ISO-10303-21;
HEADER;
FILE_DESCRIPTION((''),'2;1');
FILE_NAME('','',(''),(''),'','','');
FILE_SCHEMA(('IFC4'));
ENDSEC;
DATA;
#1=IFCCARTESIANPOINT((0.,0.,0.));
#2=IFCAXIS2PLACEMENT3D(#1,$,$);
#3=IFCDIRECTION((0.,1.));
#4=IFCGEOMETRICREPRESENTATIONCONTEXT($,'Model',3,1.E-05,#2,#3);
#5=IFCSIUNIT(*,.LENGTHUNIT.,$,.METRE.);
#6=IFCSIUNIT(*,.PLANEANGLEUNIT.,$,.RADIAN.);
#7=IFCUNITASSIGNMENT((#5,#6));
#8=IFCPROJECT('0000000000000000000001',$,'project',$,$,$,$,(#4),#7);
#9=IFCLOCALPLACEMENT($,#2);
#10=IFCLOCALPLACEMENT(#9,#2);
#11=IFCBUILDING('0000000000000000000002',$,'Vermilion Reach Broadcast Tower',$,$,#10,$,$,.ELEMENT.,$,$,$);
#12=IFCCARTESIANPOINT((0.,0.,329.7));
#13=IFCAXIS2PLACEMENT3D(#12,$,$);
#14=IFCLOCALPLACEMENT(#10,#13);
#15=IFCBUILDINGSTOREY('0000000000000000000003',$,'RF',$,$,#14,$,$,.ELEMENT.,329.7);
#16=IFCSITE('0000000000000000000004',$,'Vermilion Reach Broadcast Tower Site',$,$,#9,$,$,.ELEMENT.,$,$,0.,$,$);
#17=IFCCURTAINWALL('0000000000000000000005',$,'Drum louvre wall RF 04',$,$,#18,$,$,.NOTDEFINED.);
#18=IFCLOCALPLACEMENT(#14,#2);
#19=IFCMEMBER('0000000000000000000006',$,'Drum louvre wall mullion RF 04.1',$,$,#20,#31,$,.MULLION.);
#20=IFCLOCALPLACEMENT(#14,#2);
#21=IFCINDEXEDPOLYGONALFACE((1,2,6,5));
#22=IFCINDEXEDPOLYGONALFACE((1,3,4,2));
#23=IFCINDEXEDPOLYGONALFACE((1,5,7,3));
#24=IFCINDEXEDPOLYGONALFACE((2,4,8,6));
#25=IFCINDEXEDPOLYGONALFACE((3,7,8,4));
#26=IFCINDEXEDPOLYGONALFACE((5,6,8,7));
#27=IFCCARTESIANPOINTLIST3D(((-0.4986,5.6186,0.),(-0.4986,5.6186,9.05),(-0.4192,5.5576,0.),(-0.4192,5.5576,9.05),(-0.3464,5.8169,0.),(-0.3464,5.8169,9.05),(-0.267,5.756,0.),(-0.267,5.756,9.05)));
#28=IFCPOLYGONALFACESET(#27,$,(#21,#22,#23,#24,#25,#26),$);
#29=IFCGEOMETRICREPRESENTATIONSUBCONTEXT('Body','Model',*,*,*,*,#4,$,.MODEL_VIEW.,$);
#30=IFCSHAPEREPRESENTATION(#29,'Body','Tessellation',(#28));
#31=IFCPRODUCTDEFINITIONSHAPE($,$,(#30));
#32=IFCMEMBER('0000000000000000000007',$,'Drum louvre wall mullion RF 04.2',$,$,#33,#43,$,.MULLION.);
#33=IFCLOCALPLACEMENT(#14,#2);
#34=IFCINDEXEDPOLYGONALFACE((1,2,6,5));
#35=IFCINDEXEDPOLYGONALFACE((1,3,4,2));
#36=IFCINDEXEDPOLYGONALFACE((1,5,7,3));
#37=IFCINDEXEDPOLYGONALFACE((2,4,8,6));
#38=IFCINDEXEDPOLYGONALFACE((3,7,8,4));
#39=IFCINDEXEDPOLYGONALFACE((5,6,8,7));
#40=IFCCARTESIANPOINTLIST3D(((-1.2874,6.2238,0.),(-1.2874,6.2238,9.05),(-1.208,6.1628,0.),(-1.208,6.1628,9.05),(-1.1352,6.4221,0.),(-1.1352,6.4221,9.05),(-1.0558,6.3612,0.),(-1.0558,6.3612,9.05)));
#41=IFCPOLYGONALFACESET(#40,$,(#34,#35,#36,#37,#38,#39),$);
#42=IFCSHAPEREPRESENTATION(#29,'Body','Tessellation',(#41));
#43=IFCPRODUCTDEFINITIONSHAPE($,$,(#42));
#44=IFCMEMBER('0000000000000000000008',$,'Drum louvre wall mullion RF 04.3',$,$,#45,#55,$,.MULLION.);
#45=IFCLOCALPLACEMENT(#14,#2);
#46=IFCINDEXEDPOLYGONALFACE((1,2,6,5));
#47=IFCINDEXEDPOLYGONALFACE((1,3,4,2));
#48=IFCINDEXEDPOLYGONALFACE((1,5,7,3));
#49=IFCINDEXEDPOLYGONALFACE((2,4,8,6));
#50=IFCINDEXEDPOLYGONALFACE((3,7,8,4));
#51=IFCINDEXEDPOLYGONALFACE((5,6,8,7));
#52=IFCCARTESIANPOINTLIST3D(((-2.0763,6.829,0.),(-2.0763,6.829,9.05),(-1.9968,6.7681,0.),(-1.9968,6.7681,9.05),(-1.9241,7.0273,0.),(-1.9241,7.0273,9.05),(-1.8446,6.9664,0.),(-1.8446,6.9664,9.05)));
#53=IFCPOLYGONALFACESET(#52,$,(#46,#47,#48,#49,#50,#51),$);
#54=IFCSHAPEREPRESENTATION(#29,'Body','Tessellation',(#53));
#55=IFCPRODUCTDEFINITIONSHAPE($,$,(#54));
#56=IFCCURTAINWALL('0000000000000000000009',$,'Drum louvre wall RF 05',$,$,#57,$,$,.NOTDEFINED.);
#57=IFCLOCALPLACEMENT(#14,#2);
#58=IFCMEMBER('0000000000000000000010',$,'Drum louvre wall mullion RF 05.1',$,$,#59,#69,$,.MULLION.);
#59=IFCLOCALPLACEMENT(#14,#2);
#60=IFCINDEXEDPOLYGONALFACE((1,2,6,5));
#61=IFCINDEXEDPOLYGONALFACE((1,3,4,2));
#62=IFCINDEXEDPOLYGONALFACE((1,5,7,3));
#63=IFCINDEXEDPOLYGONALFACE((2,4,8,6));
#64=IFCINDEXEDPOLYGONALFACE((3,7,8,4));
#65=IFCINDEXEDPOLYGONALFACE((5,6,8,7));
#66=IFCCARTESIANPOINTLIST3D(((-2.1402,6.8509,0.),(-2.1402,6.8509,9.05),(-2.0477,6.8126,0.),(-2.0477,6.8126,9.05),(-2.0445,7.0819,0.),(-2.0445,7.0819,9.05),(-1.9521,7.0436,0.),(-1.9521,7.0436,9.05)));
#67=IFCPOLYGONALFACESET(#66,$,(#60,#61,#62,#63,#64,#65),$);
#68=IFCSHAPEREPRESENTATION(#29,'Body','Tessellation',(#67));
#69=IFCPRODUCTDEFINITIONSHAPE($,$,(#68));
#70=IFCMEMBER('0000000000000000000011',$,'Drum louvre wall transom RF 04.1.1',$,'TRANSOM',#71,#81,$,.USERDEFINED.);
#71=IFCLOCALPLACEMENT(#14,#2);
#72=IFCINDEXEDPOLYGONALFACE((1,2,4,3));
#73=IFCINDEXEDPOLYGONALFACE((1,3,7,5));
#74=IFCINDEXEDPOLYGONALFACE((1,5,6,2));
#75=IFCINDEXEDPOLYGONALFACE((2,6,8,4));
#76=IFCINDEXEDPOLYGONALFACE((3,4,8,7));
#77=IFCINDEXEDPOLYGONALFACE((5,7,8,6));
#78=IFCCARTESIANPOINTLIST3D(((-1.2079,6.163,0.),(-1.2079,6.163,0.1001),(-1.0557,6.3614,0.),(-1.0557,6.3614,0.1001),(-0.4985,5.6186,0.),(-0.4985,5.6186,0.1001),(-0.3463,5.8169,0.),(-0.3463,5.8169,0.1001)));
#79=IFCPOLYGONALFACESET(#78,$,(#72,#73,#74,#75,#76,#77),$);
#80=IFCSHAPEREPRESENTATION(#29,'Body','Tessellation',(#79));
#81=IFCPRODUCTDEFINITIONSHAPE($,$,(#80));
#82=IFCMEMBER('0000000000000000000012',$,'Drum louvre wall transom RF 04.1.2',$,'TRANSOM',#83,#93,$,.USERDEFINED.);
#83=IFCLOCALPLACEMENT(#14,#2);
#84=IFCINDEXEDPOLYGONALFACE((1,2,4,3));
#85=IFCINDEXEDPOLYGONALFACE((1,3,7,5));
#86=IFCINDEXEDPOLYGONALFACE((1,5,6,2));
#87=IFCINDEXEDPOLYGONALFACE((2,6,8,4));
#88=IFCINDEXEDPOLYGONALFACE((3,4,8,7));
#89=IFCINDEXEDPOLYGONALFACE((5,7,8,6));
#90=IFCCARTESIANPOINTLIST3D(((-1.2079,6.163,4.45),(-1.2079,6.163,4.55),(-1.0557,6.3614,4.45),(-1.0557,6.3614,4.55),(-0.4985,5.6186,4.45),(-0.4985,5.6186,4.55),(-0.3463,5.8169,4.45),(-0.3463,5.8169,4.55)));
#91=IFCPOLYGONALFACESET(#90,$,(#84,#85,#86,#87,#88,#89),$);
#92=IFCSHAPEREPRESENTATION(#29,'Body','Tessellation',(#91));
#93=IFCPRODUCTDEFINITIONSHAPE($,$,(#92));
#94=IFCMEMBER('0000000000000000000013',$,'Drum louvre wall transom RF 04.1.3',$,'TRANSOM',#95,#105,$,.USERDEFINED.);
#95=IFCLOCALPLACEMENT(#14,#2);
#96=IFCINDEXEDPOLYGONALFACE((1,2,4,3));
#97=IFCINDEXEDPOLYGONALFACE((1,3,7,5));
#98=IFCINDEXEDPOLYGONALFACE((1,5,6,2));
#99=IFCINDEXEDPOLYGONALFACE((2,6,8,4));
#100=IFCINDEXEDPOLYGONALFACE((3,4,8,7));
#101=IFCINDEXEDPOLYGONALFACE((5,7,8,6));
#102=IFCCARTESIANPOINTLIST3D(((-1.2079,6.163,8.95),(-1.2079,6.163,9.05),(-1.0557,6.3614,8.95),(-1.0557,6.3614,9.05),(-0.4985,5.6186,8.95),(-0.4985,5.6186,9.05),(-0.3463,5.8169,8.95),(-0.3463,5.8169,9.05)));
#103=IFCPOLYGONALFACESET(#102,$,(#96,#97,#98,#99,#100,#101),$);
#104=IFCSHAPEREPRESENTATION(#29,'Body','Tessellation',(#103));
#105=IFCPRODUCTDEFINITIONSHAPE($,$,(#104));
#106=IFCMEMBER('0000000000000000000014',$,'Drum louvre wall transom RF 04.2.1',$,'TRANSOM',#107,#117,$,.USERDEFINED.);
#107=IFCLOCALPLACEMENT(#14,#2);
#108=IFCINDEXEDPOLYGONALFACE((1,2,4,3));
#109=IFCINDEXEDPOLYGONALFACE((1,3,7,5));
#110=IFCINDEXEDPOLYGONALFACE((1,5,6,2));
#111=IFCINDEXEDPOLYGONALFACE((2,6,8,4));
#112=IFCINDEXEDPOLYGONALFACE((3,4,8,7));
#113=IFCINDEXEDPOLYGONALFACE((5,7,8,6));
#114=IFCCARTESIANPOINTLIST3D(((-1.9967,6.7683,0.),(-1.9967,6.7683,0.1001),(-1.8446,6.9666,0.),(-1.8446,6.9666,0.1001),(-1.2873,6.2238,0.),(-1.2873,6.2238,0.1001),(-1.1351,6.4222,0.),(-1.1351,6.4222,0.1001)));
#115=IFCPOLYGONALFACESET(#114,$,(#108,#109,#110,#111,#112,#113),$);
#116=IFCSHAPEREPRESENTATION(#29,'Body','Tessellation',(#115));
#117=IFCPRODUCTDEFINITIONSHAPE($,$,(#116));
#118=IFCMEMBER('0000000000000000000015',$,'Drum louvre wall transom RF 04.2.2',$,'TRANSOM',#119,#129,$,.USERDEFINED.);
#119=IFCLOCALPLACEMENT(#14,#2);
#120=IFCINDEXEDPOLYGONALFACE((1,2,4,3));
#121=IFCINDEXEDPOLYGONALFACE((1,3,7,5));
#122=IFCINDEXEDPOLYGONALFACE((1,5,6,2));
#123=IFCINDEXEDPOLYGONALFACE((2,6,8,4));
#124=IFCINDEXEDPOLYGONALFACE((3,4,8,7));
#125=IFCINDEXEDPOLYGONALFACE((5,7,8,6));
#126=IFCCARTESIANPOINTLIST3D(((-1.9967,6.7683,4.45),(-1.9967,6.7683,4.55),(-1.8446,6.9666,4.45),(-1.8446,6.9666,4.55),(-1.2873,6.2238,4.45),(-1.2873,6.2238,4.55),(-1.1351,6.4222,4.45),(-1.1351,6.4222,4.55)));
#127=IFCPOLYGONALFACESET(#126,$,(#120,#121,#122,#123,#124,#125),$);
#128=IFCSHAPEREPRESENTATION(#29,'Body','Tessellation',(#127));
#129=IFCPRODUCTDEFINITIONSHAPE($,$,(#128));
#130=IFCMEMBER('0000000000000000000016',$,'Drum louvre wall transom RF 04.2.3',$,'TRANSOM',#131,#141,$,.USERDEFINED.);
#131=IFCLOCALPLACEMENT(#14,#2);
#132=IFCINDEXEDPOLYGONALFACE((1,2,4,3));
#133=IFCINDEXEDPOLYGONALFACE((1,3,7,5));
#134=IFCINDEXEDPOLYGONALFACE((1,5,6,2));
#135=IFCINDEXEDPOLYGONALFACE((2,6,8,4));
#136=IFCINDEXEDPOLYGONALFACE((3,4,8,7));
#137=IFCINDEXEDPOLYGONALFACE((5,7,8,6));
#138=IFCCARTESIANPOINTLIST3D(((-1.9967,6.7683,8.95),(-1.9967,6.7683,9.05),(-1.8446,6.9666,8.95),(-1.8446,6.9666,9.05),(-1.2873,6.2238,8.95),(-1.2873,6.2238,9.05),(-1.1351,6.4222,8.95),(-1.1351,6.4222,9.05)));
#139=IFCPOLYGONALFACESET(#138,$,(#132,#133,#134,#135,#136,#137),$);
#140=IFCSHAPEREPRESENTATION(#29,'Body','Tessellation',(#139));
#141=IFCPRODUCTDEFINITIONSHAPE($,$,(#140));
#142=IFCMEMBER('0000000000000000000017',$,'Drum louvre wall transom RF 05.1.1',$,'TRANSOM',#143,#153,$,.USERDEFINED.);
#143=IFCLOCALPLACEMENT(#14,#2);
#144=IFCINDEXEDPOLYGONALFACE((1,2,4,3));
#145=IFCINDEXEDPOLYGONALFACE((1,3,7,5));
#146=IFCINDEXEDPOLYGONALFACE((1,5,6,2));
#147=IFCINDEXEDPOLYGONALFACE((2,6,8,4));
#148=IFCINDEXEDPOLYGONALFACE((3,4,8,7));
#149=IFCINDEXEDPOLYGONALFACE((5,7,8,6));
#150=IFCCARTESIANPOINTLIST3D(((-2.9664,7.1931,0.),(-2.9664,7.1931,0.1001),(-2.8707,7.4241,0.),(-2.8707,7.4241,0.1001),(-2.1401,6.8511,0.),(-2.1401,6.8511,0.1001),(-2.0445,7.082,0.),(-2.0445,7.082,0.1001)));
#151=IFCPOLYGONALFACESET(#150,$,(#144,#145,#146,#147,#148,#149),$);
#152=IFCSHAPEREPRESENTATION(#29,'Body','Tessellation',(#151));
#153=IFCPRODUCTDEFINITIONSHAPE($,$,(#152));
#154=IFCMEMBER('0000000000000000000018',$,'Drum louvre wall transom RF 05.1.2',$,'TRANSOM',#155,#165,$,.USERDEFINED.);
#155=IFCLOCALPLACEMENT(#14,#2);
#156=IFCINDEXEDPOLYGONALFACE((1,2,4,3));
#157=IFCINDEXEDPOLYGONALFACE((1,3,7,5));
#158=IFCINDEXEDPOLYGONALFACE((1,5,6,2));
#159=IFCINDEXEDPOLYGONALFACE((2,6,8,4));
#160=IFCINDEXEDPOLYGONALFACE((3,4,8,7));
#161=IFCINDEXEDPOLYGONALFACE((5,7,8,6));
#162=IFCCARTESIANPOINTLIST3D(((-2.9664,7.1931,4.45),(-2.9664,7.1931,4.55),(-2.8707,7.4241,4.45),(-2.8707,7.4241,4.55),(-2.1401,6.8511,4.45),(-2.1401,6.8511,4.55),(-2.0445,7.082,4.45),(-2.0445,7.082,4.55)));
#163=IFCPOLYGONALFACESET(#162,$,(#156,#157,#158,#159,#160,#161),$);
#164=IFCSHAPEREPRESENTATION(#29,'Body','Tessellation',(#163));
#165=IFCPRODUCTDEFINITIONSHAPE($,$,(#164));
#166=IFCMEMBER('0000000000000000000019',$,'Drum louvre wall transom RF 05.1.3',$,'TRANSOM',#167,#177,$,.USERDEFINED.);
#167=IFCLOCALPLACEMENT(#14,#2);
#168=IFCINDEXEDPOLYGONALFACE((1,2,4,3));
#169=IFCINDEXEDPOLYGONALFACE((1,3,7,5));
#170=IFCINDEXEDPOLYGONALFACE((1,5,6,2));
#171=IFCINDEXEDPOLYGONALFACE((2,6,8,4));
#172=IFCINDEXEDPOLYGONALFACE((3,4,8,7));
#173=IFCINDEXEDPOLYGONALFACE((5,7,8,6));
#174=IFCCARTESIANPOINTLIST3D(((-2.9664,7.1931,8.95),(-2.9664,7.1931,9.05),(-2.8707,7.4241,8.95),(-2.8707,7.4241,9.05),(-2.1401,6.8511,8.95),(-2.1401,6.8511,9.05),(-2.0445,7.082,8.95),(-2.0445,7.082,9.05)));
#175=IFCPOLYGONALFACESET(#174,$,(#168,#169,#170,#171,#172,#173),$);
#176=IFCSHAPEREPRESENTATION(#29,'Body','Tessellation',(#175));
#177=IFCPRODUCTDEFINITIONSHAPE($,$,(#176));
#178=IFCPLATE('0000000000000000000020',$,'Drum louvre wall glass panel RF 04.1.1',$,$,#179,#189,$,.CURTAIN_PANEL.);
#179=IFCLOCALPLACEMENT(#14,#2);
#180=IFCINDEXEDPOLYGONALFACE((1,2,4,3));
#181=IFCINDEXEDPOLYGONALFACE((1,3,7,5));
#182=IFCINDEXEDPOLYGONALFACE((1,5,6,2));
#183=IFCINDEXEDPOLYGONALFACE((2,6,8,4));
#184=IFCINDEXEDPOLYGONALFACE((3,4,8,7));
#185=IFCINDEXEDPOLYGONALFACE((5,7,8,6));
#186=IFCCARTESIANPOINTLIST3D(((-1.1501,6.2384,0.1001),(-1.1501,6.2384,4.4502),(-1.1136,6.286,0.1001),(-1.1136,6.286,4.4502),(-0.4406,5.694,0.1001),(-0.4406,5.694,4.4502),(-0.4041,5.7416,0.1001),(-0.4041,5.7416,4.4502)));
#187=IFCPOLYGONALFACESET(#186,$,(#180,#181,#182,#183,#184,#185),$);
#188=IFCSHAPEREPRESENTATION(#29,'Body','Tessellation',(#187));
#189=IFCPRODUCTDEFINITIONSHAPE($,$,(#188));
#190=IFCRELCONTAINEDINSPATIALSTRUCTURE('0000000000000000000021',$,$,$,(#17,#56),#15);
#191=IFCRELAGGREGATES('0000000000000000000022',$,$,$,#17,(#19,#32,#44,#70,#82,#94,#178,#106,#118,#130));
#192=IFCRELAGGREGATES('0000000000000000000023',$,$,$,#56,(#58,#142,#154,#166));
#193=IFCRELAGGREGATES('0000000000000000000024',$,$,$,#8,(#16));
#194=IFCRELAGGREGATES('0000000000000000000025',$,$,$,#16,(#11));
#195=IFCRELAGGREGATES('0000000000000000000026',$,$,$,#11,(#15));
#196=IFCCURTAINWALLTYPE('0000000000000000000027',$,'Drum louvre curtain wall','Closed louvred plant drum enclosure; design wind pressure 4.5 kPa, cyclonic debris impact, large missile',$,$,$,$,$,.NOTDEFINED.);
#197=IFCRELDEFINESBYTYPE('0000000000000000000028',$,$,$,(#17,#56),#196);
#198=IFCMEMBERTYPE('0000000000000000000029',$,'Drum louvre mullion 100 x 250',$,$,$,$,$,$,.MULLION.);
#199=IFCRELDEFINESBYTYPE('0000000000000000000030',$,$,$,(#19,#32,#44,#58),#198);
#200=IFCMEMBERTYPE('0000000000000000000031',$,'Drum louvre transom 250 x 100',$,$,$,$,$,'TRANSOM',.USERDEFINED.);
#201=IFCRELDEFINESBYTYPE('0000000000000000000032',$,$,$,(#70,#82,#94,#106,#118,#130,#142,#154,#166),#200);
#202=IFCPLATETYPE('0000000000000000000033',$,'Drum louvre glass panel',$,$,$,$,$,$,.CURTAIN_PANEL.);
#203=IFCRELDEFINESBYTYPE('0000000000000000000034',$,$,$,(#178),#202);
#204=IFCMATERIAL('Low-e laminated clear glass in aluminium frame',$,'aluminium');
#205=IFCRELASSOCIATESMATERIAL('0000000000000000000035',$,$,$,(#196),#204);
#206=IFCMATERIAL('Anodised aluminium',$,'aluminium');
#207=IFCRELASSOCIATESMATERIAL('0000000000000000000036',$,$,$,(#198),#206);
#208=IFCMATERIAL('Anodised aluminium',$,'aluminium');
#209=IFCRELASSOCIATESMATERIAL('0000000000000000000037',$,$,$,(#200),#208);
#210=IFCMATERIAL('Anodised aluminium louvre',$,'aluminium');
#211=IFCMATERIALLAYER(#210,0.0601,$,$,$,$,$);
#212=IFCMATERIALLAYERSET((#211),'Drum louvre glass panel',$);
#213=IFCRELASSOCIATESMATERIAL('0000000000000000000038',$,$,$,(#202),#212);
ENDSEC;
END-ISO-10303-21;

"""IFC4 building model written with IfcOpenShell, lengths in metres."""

from ifc_helpers import new_model, si_unit, direction, frame, origin, origin_2d, place, context, subcontext, project, spatial, rectangle, extrude, material, layer, layer_set, material_profile, profile_set, type_object, element, aggregate, save


model = new_model("IFC4")

# Units and contexts
model_context = context("Model", 3, precision=1e-05, world=origin(), true_north=direction((0.0, 1.0)))
body_context = subcontext(model_context, "Body", "Model", "MODEL_VIEW")
ifc_project = project(units=[si_unit("LENGTHUNIT", "METRE"), si_unit("PLANEANGLEUNIT", "RADIAN")], contexts=[model_context])

# Site, building, storey
site_placement = place(None, origin())
site = spatial("IfcSite", under=ifc_project, at=site_placement, Name="Vermilion Reach Broadcast Tower Site", CompositionType="ELEMENT", RefElevation=0.0)
building_placement = place(site_placement, origin())
building = spatial("IfcBuilding", under=site, at=building_placement, Name="Vermilion Reach Broadcast Tower", CompositionType="ELEMENT")
storey_placement = place(building_placement, frame((0.0, 0.0, 329.7)))
storey = spatial("IfcBuildingStorey", under=building, at=storey_placement, Name="RF", CompositionType="ELEMENT", Elevation=329.7)

# Curtain wall, members
ifc_material_1 = material(Name="Low-e laminated clear glass in aluminium frame", Category="aluminium")
curtain_wall_type = type_object("IfcCurtainWallType", Name="Drum louvre curtain wall", Description="Closed louvred plant drum enclosure; design wind pressure 4.5 kPa, cyclonic debris impact, large missile", PredefinedType="NOTDEFINED", material=ifc_material_1)
placement = place(storey_placement, origin())
curtain_wall_1 = element("IfcCurtainWall", 1, at=placement, inside=storey, type_object=curtain_wall_type, Name="Drum louvre wall RF 04", PredefinedType="NOTDEFINED")
ifc_material_2 = material(Name="Anodised aluminium", Category="aluminium")
ifc_material_profile_1 = material_profile(ifc_material_2, rectangle(XDim=0.25, YDim=0.1001, at=origin_2d()), Name="Drum louvre mullion 100 x 250")
ifc_profile_set_1 = profile_set([ifc_material_profile_1], Name="Anodised aluminium")
member_type_1 = type_object("IfcMemberType", Name="Drum louvre mullion 100 x 250", PredefinedType="MULLION", material=ifc_profile_set_1)
member_1_placement = place(storey_placement, frame((-0.3828, 5.6873, 0.0), z_axis=(0.0, 0.0, 1.0), x_axis=(-0.608761, -0.793353, 0.0)))
member_1 = element("IfcMember", 2, at=member_1_placement, type_object=member_type_1, Name="Drum louvre wall mullion RF 04.1", PredefinedType="MULLION", context=body_context, shape_type="SweptSolid", body=[
    extrude(rectangle(XDim=0.25, YDim=0.1001, at=origin_2d()), origin(), (0.0, 0.0, 1.0), 9.05),
])
member_2_placement = place(storey_placement, frame((-1.1716, 6.2925, 0.0), z_axis=(0.0, 0.0, 1.0), x_axis=(-0.608761, -0.793353, 0.0)))
member_2 = element("IfcMember", 3, at=member_2_placement, type_object=member_type_1, Name="Drum louvre wall mullion RF 04.2", PredefinedType="MULLION", context=body_context, shape_type="SweptSolid", body=[
    extrude(rectangle(XDim=0.25, YDim=0.1001, at=origin_2d()), origin(), (0.0, 0.0, 1.0), 9.05),
])
member_3_placement = place(storey_placement, frame((-1.9604, 6.8977, 0.0), z_axis=(0.0, 0.0, 1.0), x_axis=(-0.608761, -0.793353, 0.0)))
member_3 = element("IfcMember", 4, at=member_3_placement, type_object=member_type_1, Name="Drum louvre wall mullion RF 04.3", PredefinedType="MULLION", context=body_context, shape_type="SweptSolid", body=[
    extrude(rectangle(XDim=0.25, YDim=0.1001, at=origin_2d()), origin(), (0.0, 0.0, 1.0), 9.05),
])

# Curtain wall, member
curtain_wall_2 = element("IfcCurtainWall", 5, at=placement, inside=storey, type_object=curtain_wall_type, Name="Drum louvre wall RF 05", PredefinedType="NOTDEFINED")
member_4_placement = place(storey_placement, frame((-2.0461, 6.9473, 0.0), z_axis=(0.0, 0.0, 1.0), x_axis=(-0.382683, -0.92388, 0.0)))
member_4 = element("IfcMember", 6, at=member_4_placement, type_object=member_type_1, Name="Drum louvre wall mullion RF 05.1", PredefinedType="MULLION", context=body_context, shape_type="SweptSolid", body=[
    extrude(rectangle(XDim=0.25, YDim=0.1001, at=origin_2d()), origin(), (0.0, 0.0, 1.0), 9.05),
])

# Members
ifc_material_3 = material(Name="Anodised aluminium", Category="aluminium")
ifc_material_profile_2 = material_profile(ifc_material_3, rectangle(XDim=0.25, YDim=0.1001, at=origin_2d()), Name="Drum louvre transom 250 x 100")
ifc_profile_set_2 = profile_set([ifc_material_profile_2], Name="Anodised aluminium")
member_type_2 = type_object("IfcMemberType", Name="Drum louvre transom 250 x 100", ElementType="TRANSOM", PredefinedType="USERDEFINED", material=ifc_profile_set_2)
member_5_placement = place(storey_placement, frame((-0.4224, 5.7178, 0.05), z_axis=(-0.793334, 0.608787, 0.0), x_axis=(-0.608787, -0.793334, 0.0)))
member_5 = element("IfcMember", 7, at=member_5_placement, type_object=member_type_2, Name="Drum louvre wall transom RF 04.1.1", ObjectType="TRANSOM", PredefinedType="USERDEFINED", context=body_context, shape_type="SweptSolid", body=[
    extrude(rectangle(XDim=0.25, YDim=0.1001, at=origin_2d()), origin(), (0.0, 0.0, 1.0), 0.8943),
])
member_6_placement = place(storey_placement, frame((-0.4224, 5.7178, 4.5), z_axis=(-0.793334, 0.608787, 0.0), x_axis=(-0.608787, -0.793334, 0.0)))
member_6 = element("IfcMember", 8, at=member_6_placement, type_object=member_type_2, Name="Drum louvre wall transom RF 04.1.2", ObjectType="TRANSOM", PredefinedType="USERDEFINED", context=body_context, shape_type="SweptSolid", body=[
    extrude(rectangle(XDim=0.25, YDim=0.1001, at=origin_2d()), origin(), (0.0, 0.0, 1.0), 0.8943),
])
member_7_placement = place(storey_placement, frame((-0.4224, 5.7178, 9.0), z_axis=(-0.793334, 0.608787, 0.0), x_axis=(-0.608787, -0.793334, 0.0)))
member_7 = element("IfcMember", 9, at=member_7_placement, type_object=member_type_2, Name="Drum louvre wall transom RF 04.1.3", ObjectType="TRANSOM", PredefinedType="USERDEFINED", context=body_context, shape_type="SweptSolid", body=[
    extrude(rectangle(XDim=0.25, YDim=0.1001, at=origin_2d()), origin(), (0.0, 0.0, 1.0), 0.8943),
])
member_8_placement = place(storey_placement, frame((-1.2112, 6.323, 0.05), z_axis=(-0.793334, 0.608787, 0.0), x_axis=(-0.608787, -0.793334, 0.0)))
member_8 = element("IfcMember", 10, at=member_8_placement, type_object=member_type_2, Name="Drum louvre wall transom RF 04.2.1", ObjectType="TRANSOM", PredefinedType="USERDEFINED", context=body_context, shape_type="SweptSolid", body=[
    extrude(rectangle(XDim=0.25, YDim=0.1001, at=origin_2d()), origin(), (0.0, 0.0, 1.0), 0.8943),
])
member_9_placement = place(storey_placement, frame((-1.2112, 6.323, 4.5), z_axis=(-0.793334, 0.608787, 0.0), x_axis=(-0.608787, -0.793334, 0.0)))
member_9 = element("IfcMember", 11, at=member_9_placement, type_object=member_type_2, Name="Drum louvre wall transom RF 04.2.2", ObjectType="TRANSOM", PredefinedType="USERDEFINED", context=body_context, shape_type="SweptSolid", body=[
    extrude(rectangle(XDim=0.25, YDim=0.1001, at=origin_2d()), origin(), (0.0, 0.0, 1.0), 0.8943),
])
member_10_placement = place(storey_placement, frame((-1.2112, 6.323, 9.0), z_axis=(-0.793334, 0.608787, 0.0), x_axis=(-0.608787, -0.793334, 0.0)))
member_10 = element("IfcMember", 12, at=member_10_placement, type_object=member_type_2, Name="Drum louvre wall transom RF 04.2.3", ObjectType="TRANSOM", PredefinedType="USERDEFINED", context=body_context, shape_type="SweptSolid", body=[
    extrude(rectangle(XDim=0.25, YDim=0.1001, at=origin_2d()), origin(), (0.0, 0.0, 1.0), 0.8943),
])
member_11_placement = place(storey_placement, frame((-2.0923, 6.9666, 0.05), z_axis=(-0.923947, 0.382521, 0.0), x_axis=(-0.382521, -0.923947, 0.0)))
member_11 = element("IfcMember", 13, at=member_11_placement, type_object=member_type_2, Name="Drum louvre wall transom RF 05.1.1", ObjectType="TRANSOM", PredefinedType="USERDEFINED", context=body_context, shape_type="SweptSolid", body=[
    extrude(rectangle(XDim=0.25, YDim=0.1001, at=origin_2d()), origin(), (0.0, 0.0, 1.0), 0.8943),
])
member_12_placement = place(storey_placement, frame((-2.0923, 6.9666, 4.5), z_axis=(-0.923947, 0.382521, 0.0), x_axis=(-0.382521, -0.923947, 0.0)))
member_12 = element("IfcMember", 14, at=member_12_placement, type_object=member_type_2, Name="Drum louvre wall transom RF 05.1.2", ObjectType="TRANSOM", PredefinedType="USERDEFINED", context=body_context, shape_type="SweptSolid", body=[
    extrude(rectangle(XDim=0.25, YDim=0.1001, at=origin_2d()), origin(), (0.0, 0.0, 1.0), 0.8943),
])
member_13_placement = place(storey_placement, frame((-2.0923, 6.9666, 9.0), z_axis=(-0.923947, 0.382521, 0.0), x_axis=(-0.382521, -0.923947, 0.0)))
member_13 = element("IfcMember", 15, at=member_13_placement, type_object=member_type_2, Name="Drum louvre wall transom RF 05.1.3", ObjectType="TRANSOM", PredefinedType="USERDEFINED", context=body_context, shape_type="SweptSolid", body=[
    extrude(rectangle(XDim=0.25, YDim=0.1001, at=origin_2d()), origin(), (0.0, 0.0, 1.0), 0.8943),
])

# Plate
ifc_material_4 = material(Name="Anodised aluminium louvre", Category="aluminium")
ifc_layer_1 = layer(ifc_material_4, 0.0601)
ifc_layer_set_1 = layer_set([ifc_layer_1], Name="Drum louvre glass panel")
plate_type = type_object("IfcPlateType", Name="Drum louvre glass panel", PredefinedType="CURTAIN_PANEL", material=ifc_layer_set_1)
plate_1_placement = place(storey_placement, frame((-0.7771, 5.99, 0.1001), z_axis=(0.0, 0.0, 1.0), x_axis=(-0.793353, 0.608761, 0.0)))
plate_1 = element("IfcPlate", 16, at=plate_1_placement, type_object=plate_type, Name="Drum louvre wall glass panel RF 04.1.1", PredefinedType="CURTAIN_PANEL", context=body_context, shape_type="SweptSolid", body=[
    extrude(rectangle(XDim=0.8943, YDim=0.0601, at=origin_2d()), origin(), (0.0, 0.0, 1.0), 4.3501),
])
aggregate(curtain_wall_1, [member_1, member_2, member_3, member_5, member_6, member_7, plate_1, member_8, member_9, member_10])
aggregate(curtain_wall_2, [member_4, member_11, member_12, member_13])

save(model, "model.ifc")
